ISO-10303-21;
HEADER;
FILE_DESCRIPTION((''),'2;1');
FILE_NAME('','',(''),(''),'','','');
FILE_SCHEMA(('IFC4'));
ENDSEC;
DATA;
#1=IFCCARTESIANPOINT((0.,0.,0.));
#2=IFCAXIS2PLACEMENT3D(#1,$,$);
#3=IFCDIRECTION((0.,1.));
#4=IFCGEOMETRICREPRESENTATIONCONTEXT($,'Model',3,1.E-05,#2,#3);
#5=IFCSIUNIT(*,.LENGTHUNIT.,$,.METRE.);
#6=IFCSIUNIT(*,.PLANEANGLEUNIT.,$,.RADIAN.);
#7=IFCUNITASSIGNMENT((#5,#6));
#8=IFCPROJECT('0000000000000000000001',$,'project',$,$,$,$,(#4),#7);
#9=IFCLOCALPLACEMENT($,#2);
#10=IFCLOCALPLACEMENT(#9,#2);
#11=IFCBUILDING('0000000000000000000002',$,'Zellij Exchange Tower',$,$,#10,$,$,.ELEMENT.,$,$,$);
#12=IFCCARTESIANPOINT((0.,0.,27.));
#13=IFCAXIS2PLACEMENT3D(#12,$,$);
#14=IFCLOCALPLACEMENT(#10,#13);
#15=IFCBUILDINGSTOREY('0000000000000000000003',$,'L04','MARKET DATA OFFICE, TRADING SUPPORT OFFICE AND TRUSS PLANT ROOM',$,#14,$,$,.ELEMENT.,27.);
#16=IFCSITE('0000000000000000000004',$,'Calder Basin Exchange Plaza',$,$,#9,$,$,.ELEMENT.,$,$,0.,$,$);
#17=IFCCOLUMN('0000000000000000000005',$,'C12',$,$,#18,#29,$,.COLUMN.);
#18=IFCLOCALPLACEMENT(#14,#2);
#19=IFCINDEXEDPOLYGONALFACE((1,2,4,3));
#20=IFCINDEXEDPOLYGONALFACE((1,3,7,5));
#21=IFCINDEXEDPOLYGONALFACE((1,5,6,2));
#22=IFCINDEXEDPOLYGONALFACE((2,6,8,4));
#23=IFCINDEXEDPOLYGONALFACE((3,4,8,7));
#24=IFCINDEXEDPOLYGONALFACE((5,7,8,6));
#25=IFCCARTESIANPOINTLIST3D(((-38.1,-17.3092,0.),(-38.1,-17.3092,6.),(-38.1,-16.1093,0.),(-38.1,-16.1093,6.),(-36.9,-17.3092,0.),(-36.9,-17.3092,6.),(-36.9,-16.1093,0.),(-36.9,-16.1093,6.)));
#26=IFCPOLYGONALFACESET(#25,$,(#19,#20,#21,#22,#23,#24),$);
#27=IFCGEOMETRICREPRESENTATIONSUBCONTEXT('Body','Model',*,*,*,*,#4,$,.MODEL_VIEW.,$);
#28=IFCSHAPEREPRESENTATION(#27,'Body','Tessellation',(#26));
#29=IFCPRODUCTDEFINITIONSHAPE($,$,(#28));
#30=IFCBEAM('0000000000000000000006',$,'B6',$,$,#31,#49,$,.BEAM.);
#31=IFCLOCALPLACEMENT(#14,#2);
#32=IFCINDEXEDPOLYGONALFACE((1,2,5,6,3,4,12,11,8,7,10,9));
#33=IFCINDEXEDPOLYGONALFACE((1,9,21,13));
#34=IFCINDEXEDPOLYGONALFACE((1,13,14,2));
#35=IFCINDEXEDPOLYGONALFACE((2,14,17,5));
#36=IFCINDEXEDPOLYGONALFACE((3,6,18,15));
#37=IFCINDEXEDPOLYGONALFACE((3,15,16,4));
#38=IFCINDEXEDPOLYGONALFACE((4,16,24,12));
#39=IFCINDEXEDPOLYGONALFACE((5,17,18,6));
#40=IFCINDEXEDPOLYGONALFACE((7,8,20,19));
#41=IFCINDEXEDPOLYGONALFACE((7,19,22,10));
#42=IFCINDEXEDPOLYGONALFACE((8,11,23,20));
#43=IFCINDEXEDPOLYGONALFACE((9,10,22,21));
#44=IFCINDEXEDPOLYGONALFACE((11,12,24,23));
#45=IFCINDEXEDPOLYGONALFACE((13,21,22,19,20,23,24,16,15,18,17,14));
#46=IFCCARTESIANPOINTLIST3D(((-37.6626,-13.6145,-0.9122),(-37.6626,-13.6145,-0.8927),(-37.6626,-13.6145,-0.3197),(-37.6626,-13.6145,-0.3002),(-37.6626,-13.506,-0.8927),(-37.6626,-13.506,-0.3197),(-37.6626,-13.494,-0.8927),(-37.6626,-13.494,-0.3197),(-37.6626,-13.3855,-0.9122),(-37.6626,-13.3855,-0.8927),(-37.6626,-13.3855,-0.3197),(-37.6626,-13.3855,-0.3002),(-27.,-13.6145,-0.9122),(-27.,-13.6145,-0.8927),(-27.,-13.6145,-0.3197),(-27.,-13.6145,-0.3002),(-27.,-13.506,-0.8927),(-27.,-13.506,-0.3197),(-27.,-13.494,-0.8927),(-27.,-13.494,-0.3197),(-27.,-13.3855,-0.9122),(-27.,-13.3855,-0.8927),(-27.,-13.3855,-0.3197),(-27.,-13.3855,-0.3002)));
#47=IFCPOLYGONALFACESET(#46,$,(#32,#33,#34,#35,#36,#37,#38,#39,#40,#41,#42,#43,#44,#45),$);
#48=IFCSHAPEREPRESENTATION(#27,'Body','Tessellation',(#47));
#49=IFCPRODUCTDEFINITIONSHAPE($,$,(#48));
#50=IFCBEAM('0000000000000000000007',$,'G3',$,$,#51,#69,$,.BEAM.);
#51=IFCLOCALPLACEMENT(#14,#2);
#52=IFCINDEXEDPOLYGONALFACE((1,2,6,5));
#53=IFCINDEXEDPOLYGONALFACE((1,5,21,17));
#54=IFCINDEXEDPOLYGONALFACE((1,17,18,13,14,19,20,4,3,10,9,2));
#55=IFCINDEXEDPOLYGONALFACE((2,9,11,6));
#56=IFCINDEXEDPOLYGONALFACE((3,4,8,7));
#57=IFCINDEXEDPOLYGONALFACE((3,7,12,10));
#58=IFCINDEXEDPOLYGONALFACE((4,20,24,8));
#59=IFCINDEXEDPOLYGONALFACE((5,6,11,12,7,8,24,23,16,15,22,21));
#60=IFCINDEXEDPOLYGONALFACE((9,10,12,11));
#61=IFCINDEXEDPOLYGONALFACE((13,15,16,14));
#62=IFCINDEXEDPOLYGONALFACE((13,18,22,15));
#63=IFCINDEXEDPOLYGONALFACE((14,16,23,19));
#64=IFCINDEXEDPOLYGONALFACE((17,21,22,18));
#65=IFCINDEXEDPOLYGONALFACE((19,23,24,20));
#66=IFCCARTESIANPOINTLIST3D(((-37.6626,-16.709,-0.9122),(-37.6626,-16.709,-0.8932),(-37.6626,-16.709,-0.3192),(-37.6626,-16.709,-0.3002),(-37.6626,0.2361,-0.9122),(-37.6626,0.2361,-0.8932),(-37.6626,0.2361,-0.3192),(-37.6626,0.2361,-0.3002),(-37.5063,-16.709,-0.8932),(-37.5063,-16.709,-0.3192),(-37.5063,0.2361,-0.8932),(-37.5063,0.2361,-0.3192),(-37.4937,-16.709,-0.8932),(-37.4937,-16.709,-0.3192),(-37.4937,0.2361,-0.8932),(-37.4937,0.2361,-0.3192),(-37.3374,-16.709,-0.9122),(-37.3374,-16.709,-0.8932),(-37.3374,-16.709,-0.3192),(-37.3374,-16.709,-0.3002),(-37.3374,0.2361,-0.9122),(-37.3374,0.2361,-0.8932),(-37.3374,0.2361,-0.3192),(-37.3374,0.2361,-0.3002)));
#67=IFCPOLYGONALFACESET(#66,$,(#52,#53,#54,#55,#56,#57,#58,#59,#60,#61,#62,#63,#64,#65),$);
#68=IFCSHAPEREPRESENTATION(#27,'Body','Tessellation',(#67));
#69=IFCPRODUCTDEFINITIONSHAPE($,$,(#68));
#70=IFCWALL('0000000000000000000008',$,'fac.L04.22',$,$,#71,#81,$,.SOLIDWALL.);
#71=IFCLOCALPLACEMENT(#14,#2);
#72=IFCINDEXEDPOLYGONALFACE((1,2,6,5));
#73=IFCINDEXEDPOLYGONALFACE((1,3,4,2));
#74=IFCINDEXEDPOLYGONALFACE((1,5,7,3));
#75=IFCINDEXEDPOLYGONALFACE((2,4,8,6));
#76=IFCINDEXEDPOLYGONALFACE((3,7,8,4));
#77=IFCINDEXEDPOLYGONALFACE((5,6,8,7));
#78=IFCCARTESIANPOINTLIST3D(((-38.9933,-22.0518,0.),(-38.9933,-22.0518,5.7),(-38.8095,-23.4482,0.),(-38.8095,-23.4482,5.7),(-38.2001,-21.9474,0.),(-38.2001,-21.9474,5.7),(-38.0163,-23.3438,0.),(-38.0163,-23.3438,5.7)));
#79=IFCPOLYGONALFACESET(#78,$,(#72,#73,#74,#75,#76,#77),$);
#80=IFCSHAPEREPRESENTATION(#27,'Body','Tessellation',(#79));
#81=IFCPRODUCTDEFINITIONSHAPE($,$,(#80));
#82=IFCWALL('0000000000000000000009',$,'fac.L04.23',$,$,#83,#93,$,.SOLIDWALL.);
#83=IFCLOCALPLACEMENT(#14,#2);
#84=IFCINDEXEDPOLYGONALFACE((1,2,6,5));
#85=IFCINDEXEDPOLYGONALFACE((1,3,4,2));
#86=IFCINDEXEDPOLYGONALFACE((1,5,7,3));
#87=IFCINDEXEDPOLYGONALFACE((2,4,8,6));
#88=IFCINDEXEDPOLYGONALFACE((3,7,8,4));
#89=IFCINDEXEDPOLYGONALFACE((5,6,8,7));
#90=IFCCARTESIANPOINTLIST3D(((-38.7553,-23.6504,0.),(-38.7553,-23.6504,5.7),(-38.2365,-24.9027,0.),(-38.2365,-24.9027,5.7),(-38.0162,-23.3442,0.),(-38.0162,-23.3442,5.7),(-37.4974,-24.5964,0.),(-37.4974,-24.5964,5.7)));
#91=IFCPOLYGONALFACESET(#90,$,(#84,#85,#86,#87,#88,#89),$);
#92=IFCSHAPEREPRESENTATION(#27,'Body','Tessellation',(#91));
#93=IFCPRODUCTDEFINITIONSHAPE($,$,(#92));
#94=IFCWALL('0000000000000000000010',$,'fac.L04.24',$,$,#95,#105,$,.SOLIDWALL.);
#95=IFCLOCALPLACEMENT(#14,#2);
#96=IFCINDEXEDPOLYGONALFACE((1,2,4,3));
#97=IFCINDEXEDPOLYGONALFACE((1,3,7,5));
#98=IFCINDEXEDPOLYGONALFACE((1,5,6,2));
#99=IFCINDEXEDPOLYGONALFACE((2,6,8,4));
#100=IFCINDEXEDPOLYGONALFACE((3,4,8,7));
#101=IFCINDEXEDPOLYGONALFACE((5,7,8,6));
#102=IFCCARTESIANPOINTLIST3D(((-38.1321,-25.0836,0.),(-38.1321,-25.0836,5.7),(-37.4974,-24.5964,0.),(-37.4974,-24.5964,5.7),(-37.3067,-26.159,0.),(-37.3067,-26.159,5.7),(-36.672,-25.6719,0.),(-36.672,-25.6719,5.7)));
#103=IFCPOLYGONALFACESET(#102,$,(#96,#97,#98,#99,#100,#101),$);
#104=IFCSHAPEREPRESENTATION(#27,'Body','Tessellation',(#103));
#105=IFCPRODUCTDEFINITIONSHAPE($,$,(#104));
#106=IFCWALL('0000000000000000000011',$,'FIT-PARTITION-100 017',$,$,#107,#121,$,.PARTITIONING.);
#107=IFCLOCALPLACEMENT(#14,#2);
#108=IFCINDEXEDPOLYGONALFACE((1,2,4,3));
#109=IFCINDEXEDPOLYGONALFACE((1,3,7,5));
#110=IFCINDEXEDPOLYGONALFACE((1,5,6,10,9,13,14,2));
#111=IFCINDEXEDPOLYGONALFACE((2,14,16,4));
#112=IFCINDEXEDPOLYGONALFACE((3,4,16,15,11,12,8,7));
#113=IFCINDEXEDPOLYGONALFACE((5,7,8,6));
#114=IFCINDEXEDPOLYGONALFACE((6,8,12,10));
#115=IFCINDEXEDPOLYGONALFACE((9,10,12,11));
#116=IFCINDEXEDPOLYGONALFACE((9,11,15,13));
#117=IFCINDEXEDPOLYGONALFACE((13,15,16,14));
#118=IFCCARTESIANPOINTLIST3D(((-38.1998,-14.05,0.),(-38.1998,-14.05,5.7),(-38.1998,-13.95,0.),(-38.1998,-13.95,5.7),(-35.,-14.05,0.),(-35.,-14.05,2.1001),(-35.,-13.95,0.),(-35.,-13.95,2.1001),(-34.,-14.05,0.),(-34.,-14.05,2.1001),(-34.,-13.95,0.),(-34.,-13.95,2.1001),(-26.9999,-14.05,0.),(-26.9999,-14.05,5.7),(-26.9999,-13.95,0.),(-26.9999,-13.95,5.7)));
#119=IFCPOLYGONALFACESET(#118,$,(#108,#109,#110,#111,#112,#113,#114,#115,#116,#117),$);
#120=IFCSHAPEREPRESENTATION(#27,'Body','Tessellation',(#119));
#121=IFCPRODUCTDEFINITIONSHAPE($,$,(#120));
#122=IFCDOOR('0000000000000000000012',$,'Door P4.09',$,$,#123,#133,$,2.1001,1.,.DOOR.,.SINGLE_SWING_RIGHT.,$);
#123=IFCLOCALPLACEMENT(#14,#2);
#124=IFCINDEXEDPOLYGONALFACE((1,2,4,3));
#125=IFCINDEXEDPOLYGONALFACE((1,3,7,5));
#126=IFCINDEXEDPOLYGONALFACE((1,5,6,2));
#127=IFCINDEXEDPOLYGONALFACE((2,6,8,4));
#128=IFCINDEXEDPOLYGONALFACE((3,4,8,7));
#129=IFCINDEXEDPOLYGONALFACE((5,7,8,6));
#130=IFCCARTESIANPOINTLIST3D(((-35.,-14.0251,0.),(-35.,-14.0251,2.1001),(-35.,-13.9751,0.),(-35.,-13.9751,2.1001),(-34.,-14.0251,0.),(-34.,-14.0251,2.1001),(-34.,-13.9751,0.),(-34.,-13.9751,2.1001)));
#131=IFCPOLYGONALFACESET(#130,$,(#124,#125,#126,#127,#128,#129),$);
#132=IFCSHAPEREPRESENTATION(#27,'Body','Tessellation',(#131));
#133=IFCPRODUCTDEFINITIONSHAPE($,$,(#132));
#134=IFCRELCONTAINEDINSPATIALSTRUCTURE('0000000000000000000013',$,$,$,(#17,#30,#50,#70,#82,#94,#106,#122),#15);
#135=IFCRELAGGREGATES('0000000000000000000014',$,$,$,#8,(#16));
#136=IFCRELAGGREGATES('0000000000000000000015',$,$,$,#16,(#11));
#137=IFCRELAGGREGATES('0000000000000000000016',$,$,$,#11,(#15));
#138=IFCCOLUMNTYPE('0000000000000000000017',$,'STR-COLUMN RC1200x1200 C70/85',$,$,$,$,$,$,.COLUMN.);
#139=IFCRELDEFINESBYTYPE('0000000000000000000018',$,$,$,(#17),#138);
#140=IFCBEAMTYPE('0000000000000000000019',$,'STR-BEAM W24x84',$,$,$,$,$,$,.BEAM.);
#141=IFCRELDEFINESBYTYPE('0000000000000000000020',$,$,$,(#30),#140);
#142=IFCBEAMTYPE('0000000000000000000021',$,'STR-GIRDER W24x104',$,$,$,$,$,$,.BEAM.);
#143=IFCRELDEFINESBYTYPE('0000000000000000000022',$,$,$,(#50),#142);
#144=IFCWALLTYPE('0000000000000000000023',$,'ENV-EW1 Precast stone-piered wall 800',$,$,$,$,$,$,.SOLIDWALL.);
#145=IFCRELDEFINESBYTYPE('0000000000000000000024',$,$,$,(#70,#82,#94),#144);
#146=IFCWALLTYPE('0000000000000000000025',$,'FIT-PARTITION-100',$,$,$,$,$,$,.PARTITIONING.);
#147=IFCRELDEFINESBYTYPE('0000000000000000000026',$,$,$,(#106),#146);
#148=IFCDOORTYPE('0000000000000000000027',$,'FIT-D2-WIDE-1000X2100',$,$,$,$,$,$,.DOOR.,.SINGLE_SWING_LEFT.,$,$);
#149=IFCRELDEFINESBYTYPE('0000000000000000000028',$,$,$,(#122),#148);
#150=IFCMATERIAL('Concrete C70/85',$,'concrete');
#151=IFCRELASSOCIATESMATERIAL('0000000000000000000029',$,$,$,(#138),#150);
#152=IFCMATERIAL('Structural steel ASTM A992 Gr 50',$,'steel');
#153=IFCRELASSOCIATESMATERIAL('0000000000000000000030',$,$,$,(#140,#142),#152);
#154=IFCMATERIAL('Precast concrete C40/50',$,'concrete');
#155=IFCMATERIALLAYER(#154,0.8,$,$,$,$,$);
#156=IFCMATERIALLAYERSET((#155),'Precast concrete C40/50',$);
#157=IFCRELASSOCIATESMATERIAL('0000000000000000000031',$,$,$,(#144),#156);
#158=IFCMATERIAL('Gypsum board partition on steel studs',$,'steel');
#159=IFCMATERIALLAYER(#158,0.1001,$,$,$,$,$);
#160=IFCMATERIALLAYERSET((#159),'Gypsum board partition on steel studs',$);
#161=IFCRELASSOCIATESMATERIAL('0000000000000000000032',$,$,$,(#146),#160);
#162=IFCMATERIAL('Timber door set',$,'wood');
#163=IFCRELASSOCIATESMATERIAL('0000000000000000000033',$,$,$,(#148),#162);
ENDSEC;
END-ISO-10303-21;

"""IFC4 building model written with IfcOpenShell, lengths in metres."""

from ifc_helpers import new_model, si_unit, direction, frame, frame_2d, origin, origin_2d, place, context, subcontext, project, spatial, rectangle, i_section, extrude, material, layer, layer_set, material_profile, profile_set, type_object, element, fill, save


model = new_model("IFC4")

# Units and contexts
model_context = context("Model", 3, precision=1e-05, world=origin(), true_north=direction((0.0, 1.0)))
body_context = subcontext(model_context, "Body", "Model", "MODEL_VIEW")
ifc_project = project(units=[si_unit("LENGTHUNIT", "METRE"), si_unit("PLANEANGLEUNIT", "RADIAN")], contexts=[model_context])

# Site, building, storey
site_placement = place(None, origin())
site = spatial("IfcSite", under=ifc_project, at=site_placement, Name="Calder Basin Exchange Plaza", CompositionType="ELEMENT", RefElevation=0.0)
building_placement = place(site_placement, origin())
building = spatial("IfcBuilding", under=site, at=building_placement, Name="Zellij Exchange Tower", CompositionType="ELEMENT")
storey_placement = place(building_placement, frame((0.0, 0.0, 27.0)))
storey = spatial("IfcBuildingStorey", under=building, at=storey_placement, Name="L04", Description="MARKET DATA OFFICE, TRADING SUPPORT OFFICE AND TRUSS PLANT ROOM", CompositionType="ELEMENT", Elevation=27.0)

# Column
ifc_material_1 = material(Name="Concrete C70/85", Category="concrete")
ifc_material_profile_1 = material_profile(ifc_material_1, rectangle(XDim=1.2, YDim=1.2, at=origin_2d()), Name="STR-COLUMN RC1200x1200 C70/85")
ifc_profile_set_1 = profile_set([ifc_material_profile_1], Name="Concrete C70/85")
column_type = type_object("IfcColumnType", Name="STR-COLUMN RC1200x1200 C70/85", PredefinedType="COLUMN", material=ifc_profile_set_1)
column_placement = place(storey_placement, frame((-37.5, -16.7092, 0.0), z_axis=(0.0, 0.0, 1.0), x_axis=(1.0, 0.0, 0.0)))
element("IfcColumn", 1, at=column_placement, inside=storey, type_object=column_type, Name="C12", PredefinedType="COLUMN", context=body_context, shape_type="SweptSolid", body=[
    extrude(rectangle(XDim=1.2, YDim=1.2, at=origin_2d()), origin(), (0.0, 0.0, 1.0), 6.0),
])

# Beams
ifc_material_2 = material(Name="Structural steel ASTM A992 Gr 50", Category="steel")
ifc_material_profile_2 = material_profile(ifc_material_2, i_section(OverallWidth=0.229, OverallDepth=0.6121, WebThickness=0.012, FlangeThickness=0.0195, at=origin_2d()), Name="W24x84")
ifc_profile_set_2 = profile_set([ifc_material_profile_2], Name="Structural steel ASTM A992 Gr 50")
beam_type_1 = type_object("IfcBeamType", Name="STR-BEAM W24x84", PredefinedType="BEAM", material=ifc_profile_set_2)
beam_1_placement = place(storey_placement, frame((-37.6626, -13.5, -0.6062), z_axis=(1.0, 0.0, 0.0), x_axis=(0.0, 1.0, 0.0)))
element("IfcBeam", 2, at=beam_1_placement, inside=storey, type_object=beam_type_1, Name="B6", PredefinedType="BEAM", context=body_context, shape_type="SweptSolid", body=[
    extrude(i_section(OverallWidth=0.229, OverallDepth=0.6121, WebThickness=0.012, FlangeThickness=0.0195, at=origin_2d()), origin(), (0.0, 0.0, 1.0), 10.6626),
])
ifc_material_profile_3 = material_profile(ifc_material_2, i_section(OverallWidth=0.3252, OverallDepth=0.6121, WebThickness=0.0127, FlangeThickness=0.019, at=origin_2d()), Name="W24x104")
ifc_profile_set_3 = profile_set([ifc_material_profile_3], Name="Structural steel ASTM A992 Gr 50")
beam_type_2 = type_object("IfcBeamType", Name="STR-GIRDER W24x104", PredefinedType="BEAM", material=ifc_profile_set_3)
beam_2_placement = place(storey_placement, frame((-37.5, -16.709, -0.6062), z_axis=(0.0, 1.0, 0.0), x_axis=(-1.0, 0.0, 0.0)))
element("IfcBeam", 3, at=beam_2_placement, inside=storey, type_object=beam_type_2, Name="G3", PredefinedType="BEAM", context=body_context, shape_type="SweptSolid", body=[
    extrude(i_section(OverallWidth=0.3252, OverallDepth=0.6121, WebThickness=0.0127, FlangeThickness=0.019, at=origin_2d()), origin(), (0.0, 0.0, 1.0), 16.9451),
])

# Walls
ifc_material_3 = material(Name="Precast concrete C40/50", Category="concrete")
ifc_layer_1 = layer(ifc_material_3, 0.8)
ifc_layer_set_1 = layer_set([ifc_layer_1], Name="Precast concrete C40/50")
wall_type_1 = type_object("IfcWallType", Name="ENV-EW1 Precast stone-piered wall 800", PredefinedType="SOLIDWALL", material=ifc_layer_set_1)
wall_1_placement = place(storey_placement, frame((-38.5967, -21.9998, 0.0), z_axis=(0.0, 0.0, 1.0), x_axis=(0.130517, -0.991446, 0.0)))
element("IfcWall", 4, at=wall_1_placement, inside=storey, type_object=wall_type_1, Name="fac.L04.22", PredefinedType="SOLIDWALL", context=body_context, shape_type="SweptSolid", body=[
    extrude(rectangle(XDim=1.4084, YDim=0.8, at=frame_2d((0.7041, 0.0))), origin(), (0.0, 0.0, 1.0), 5.7),
])
wall_2_placement = place(storey_placement, frame((-38.3857, -23.4973, 0.0), z_axis=(0.0, 0.0, 1.0), x_axis=(0.38276, -0.923848, 0.0)))
element("IfcWall", 5, at=wall_2_placement, inside=storey, type_object=wall_type_1, Name="fac.L04.23", PredefinedType="SOLIDWALL", context=body_context, shape_type="SweptSolid", body=[
    extrude(rectangle(XDim=1.3555, YDim=0.8, at=frame_2d((0.6777, 0.0))), origin(), (0.0, 0.0, 1.0), 5.7),
])
wall_3_placement = place(storey_placement, frame((-37.8147, -24.8401, 0.0), z_axis=(0.0, 0.0, 1.0), x_axis=(0.608866, -0.793273, 0.0)))
element("IfcWall", 6, at=wall_3_placement, inside=storey, type_object=wall_type_1, Name="fac.L04.24", PredefinedType="SOLIDWALL", context=body_context, shape_type="SweptSolid", body=[
    extrude(rectangle(XDim=1.3557, YDim=0.8, at=frame_2d((0.6777, 0.0))), origin(), (0.0, 0.0, 1.0), 5.7),
])

# Wall, opening, door
ifc_material_4 = material(Name="Gypsum board partition on steel studs", Category="steel")
ifc_layer_2 = layer(ifc_material_4, 0.1001)
ifc_layer_set_2 = layer_set([ifc_layer_2], Name="Gypsum board partition on steel studs")
wall_type_2 = type_object("IfcWallType", Name="FIT-PARTITION-100", PredefinedType="PARTITIONING", material=ifc_layer_set_2)
wall_4_placement = place(storey_placement, frame((-38.2, -14.0, 0.0), z_axis=(0.0, 0.0, 1.0), x_axis=(1.0, 0.0, 0.0)))
wall_4 = element("IfcWall", 7, at=wall_4_placement, inside=storey, type_object=wall_type_2, Name="FIT-PARTITION-100 017", PredefinedType="PARTITIONING", context=body_context, shape_type="SweptSolid", body=[
    extrude(rectangle(XDim=11.2, YDim=0.1001, at=frame_2d((5.6001, 0.0))), origin(), (0.0, 0.0, 1.0), 5.7),
])
opening_placement = place(wall_4_placement, frame((3.2, 0.0, 0.0)))
opening = element("IfcOpeningElement", 8, at=opening_placement, cuts=wall_4, PredefinedType="OPENING", context=body_context, shape_type="SweptSolid", body=[
    extrude(rectangle(XDim=1.0, YDim=2.1001, at=frame_2d((0.5, 1.05))), frame((0.0, 0.062, 0.0), z_axis=(0.0, -1.0, 0.0), x_axis=(1.0, 0.0, 0.0)), (0.0, 0.0, 1.0), 0.124),
])
ifc_material_5 = material(Name="Timber door set", Category="wood")
door_type = type_object("IfcDoorType", Name="FIT-D2-WIDE-1000X2100", OperationType="SINGLE_SWING_LEFT", PredefinedType="DOOR", material=ifc_material_5)
door_placement = place(opening_placement, origin())
door = element("IfcDoor", 9, at=door_placement, inside=storey, type_object=door_type, Name="Door P4.09", OperationType="SINGLE_SWING_RIGHT", OverallHeight=2.1001, OverallWidth=1.0, PredefinedType="DOOR", context=body_context, shape_type="SweptSolid", body=[
    extrude(rectangle(XDim=1.0, YDim=2.1001, at=frame_2d((0.5, 1.05))), frame((0.0, 0.0249, 0.0), z_axis=(0.0, -1.0, 0.0), x_axis=(1.0, 0.0, 0.0)), (0.0, 0.0, 1.0), 0.05),
])
fill(opening, door)

save(model, "model.ifc")
